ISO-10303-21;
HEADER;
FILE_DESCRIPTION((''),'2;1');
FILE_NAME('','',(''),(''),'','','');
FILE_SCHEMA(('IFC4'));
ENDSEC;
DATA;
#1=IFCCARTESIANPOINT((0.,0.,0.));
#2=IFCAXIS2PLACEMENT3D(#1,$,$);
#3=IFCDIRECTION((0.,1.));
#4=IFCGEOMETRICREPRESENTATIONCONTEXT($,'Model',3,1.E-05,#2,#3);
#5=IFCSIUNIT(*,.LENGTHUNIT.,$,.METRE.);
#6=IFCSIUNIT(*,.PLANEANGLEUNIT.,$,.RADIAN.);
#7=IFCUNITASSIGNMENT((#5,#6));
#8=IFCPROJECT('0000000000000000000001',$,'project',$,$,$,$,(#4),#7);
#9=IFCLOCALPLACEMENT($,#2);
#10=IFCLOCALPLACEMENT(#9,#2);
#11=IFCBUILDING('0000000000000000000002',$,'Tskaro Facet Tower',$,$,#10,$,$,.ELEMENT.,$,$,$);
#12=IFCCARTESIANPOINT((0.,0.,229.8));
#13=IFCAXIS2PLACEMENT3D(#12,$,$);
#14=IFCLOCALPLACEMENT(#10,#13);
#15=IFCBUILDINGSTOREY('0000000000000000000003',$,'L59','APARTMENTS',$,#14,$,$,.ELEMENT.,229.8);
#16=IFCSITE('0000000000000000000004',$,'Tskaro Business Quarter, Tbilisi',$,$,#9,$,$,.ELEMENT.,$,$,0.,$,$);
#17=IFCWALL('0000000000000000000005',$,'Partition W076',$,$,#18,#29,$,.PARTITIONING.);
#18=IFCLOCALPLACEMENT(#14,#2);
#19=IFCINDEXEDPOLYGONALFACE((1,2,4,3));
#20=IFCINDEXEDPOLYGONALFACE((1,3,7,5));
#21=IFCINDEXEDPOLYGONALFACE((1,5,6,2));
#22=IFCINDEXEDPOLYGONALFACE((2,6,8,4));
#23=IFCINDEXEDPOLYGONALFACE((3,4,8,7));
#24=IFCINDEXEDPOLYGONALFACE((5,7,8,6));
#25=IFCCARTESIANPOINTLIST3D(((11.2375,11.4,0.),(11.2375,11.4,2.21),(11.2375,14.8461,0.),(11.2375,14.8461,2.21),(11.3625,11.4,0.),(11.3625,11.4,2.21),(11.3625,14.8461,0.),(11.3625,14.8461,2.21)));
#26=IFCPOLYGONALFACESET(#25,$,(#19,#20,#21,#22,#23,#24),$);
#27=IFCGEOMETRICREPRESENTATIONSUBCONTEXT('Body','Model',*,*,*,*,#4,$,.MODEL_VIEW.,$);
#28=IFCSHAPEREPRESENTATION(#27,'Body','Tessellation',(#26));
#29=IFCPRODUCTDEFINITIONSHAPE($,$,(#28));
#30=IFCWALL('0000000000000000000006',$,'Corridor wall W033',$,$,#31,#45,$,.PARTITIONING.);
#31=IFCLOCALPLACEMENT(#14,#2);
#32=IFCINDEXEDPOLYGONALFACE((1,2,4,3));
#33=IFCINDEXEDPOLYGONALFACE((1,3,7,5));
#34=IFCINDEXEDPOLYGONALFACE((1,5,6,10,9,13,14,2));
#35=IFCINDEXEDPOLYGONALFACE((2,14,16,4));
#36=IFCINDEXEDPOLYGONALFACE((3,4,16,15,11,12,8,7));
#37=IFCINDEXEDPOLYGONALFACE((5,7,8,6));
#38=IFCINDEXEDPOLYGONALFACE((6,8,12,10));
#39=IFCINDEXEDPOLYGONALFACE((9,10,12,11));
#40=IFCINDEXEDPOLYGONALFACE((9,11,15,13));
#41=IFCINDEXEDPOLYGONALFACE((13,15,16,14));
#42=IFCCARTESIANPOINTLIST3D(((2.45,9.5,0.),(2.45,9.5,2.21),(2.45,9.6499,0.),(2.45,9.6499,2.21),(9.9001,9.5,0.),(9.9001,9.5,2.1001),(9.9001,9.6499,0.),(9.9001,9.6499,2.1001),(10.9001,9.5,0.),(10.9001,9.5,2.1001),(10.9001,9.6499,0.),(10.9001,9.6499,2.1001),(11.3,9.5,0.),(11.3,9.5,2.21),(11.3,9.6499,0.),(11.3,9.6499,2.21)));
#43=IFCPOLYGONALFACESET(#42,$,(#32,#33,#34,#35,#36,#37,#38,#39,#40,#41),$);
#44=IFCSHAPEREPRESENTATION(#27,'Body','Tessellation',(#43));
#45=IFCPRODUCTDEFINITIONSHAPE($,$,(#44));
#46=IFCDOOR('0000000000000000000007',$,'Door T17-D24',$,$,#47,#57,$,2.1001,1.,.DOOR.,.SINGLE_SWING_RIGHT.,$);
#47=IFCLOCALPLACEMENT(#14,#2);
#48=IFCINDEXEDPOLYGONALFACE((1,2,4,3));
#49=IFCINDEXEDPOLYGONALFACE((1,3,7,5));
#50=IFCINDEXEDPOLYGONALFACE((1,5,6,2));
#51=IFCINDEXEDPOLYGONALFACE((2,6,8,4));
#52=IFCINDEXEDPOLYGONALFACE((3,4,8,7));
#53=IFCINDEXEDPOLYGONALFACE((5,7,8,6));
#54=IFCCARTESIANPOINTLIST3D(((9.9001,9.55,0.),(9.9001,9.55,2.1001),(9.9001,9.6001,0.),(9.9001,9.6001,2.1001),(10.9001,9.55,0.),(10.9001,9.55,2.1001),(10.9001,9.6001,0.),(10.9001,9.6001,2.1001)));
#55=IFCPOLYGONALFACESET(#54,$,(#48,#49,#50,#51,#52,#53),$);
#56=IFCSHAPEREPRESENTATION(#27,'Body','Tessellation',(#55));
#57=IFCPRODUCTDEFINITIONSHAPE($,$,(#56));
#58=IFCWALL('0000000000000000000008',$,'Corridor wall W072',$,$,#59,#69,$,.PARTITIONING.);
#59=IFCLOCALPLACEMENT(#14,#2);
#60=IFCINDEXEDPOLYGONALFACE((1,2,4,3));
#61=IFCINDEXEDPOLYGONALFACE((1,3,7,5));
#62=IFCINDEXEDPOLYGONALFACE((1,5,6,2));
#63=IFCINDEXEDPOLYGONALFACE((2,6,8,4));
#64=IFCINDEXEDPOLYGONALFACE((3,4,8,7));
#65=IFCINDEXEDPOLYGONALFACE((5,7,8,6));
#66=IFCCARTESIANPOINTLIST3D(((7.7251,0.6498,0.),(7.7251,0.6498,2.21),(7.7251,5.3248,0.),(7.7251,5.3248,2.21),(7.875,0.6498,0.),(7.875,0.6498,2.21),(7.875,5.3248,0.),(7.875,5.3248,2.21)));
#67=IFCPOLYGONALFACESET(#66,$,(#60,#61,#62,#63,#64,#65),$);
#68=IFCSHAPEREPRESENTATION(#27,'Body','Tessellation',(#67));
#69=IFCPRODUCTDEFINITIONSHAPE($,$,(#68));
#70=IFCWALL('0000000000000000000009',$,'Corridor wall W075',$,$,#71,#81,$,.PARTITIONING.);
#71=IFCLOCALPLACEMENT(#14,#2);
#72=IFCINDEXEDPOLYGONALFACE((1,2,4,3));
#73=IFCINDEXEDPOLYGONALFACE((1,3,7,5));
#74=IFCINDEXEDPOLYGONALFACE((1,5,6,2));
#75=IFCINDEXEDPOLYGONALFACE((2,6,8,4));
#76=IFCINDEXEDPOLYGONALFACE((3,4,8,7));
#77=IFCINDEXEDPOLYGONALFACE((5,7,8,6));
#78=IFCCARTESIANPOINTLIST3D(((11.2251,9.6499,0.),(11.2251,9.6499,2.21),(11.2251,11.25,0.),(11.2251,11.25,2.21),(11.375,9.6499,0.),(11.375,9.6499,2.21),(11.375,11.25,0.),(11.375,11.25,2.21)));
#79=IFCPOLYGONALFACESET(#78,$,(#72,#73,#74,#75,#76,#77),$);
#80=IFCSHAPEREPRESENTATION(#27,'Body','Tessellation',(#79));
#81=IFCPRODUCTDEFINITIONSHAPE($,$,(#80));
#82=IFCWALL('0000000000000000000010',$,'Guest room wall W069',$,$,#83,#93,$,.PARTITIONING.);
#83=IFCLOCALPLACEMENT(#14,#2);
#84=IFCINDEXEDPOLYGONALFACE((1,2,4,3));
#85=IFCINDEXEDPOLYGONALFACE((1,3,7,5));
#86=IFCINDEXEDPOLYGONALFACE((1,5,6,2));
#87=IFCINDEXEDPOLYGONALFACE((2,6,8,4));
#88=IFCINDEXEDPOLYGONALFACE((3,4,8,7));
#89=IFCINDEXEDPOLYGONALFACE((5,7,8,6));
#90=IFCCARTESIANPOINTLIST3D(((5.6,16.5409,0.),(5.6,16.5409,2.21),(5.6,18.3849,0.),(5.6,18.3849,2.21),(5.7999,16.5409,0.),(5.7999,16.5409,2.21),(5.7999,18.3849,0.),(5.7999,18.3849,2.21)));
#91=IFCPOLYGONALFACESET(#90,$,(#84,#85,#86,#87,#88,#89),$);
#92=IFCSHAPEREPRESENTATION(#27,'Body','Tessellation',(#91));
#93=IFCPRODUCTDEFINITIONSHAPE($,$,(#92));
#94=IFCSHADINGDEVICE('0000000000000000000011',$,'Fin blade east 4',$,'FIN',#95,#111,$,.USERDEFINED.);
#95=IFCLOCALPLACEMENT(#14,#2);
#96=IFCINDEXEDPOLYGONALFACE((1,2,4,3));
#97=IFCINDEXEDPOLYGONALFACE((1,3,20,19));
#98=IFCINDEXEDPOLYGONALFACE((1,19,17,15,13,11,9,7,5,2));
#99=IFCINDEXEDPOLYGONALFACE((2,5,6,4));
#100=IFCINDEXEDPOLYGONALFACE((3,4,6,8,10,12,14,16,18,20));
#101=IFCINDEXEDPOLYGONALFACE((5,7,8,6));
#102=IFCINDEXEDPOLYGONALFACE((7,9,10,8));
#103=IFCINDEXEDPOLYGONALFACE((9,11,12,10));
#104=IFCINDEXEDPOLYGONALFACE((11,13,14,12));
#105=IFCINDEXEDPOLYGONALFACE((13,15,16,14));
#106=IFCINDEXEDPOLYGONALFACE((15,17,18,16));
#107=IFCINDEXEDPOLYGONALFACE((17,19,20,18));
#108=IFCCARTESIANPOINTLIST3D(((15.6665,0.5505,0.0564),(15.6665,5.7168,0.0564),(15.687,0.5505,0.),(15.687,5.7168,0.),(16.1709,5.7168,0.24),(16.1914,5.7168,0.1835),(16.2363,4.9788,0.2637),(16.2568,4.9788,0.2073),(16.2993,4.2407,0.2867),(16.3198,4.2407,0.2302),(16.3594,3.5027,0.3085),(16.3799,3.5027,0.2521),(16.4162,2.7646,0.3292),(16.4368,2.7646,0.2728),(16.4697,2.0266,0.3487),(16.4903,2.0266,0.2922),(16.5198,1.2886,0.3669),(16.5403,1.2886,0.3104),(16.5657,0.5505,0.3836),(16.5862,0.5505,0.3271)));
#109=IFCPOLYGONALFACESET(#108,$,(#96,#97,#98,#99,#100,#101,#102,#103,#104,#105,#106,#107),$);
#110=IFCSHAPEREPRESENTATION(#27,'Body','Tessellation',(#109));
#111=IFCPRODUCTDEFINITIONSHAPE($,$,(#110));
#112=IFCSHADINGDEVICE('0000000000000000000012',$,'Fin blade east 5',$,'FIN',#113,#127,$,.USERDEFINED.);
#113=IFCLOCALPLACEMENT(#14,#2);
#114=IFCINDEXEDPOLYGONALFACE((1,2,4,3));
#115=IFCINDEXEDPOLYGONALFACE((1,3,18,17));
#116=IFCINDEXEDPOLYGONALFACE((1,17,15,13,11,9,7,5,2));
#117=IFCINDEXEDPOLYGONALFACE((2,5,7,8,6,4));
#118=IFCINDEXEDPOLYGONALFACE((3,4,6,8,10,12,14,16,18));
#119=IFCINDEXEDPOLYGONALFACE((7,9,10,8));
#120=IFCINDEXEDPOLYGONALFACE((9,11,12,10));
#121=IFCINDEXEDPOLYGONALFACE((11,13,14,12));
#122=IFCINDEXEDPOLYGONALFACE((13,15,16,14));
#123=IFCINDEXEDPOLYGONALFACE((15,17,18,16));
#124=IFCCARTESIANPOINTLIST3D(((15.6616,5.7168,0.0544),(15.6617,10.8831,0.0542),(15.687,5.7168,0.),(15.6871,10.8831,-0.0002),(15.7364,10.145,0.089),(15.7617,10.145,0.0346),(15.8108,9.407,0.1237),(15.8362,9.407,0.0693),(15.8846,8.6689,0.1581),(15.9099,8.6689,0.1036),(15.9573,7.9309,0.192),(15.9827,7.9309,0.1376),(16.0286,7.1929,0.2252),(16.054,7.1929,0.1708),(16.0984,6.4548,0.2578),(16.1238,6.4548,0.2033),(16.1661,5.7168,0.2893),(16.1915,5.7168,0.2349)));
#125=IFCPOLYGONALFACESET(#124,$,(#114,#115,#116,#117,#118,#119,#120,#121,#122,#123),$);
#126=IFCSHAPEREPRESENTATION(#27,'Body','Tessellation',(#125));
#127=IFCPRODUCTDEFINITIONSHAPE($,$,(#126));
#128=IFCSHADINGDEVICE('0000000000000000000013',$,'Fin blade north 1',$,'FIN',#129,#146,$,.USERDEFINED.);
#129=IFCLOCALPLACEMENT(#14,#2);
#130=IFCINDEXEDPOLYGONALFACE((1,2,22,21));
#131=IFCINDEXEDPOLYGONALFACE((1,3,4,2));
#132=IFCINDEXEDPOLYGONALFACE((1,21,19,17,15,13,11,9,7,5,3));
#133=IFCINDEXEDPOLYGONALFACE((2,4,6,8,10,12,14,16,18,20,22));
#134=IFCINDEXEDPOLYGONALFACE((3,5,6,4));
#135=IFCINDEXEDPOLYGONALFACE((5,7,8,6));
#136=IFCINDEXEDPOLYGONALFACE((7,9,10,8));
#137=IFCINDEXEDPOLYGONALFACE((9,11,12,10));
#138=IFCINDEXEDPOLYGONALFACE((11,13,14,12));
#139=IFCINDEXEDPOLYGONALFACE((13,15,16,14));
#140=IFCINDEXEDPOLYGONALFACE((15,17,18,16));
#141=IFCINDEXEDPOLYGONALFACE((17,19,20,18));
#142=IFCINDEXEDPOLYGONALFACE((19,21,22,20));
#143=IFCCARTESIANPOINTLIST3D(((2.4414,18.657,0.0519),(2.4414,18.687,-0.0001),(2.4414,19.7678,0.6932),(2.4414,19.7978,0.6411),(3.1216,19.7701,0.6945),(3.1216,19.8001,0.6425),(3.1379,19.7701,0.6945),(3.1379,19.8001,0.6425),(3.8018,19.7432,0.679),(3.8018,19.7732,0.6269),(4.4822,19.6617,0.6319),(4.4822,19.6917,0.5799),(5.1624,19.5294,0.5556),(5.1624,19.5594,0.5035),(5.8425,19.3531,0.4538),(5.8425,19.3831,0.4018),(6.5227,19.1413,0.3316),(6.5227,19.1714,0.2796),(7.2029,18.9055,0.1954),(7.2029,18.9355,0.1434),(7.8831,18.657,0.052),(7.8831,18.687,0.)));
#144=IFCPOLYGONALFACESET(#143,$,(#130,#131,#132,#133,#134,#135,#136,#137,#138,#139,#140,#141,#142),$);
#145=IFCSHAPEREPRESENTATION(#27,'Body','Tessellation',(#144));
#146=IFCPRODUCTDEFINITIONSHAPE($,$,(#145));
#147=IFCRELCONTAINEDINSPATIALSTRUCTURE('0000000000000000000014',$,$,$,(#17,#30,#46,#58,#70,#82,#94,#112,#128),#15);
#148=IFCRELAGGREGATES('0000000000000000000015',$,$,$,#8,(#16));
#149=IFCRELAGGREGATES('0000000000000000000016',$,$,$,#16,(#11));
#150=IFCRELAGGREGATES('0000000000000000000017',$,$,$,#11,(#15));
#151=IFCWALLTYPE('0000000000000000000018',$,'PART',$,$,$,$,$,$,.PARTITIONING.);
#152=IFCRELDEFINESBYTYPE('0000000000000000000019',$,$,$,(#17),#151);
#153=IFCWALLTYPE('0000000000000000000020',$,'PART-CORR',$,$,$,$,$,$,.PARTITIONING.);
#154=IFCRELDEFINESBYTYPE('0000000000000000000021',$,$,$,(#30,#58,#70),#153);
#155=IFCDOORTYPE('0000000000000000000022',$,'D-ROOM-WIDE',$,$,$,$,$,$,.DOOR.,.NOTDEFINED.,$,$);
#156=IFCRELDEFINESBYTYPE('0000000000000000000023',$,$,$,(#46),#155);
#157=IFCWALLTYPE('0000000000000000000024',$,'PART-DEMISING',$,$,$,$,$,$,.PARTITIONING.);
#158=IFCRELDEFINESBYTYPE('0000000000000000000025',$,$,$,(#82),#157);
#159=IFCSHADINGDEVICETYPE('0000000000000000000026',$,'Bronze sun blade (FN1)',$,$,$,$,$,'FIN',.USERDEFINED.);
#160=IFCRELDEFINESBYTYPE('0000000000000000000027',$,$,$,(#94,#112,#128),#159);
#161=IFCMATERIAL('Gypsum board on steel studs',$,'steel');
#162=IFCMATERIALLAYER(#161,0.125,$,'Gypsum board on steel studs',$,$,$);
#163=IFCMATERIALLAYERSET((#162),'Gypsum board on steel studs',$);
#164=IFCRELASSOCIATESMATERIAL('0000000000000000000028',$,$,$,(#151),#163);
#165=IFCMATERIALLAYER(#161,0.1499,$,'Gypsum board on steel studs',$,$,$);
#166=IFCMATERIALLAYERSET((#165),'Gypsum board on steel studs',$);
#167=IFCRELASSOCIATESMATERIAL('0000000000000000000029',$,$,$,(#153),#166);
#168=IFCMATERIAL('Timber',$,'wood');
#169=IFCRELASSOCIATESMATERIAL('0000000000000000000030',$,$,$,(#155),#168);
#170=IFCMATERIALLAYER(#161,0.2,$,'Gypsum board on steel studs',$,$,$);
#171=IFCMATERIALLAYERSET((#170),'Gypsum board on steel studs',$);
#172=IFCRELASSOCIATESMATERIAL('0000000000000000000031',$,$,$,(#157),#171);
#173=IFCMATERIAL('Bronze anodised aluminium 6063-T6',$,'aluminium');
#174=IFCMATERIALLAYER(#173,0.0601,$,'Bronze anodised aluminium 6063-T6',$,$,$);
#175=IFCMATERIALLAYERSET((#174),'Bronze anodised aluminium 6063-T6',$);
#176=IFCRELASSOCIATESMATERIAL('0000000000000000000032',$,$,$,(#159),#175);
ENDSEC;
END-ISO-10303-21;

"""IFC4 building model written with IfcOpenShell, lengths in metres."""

from ifc_helpers import new_model, si_unit, direction, frame, frame_2d, origin, place, context, subcontext, project, spatial, polyline, rectangle, outline, extrude, material, layer, layer_set, type_object, element, fill, save


model = new_model("IFC4")

# Units and contexts
model_context = context("Model", 3, precision=1e-05, world=origin(), true_north=direction((0.0, 1.0)))
body_context = subcontext(model_context, "Body", "Model", "MODEL_VIEW")
ifc_project = project(units=[si_unit("LENGTHUNIT", "METRE"), si_unit("PLANEANGLEUNIT", "RADIAN")], contexts=[model_context])

# Site, building, storey
site_placement = place(None, origin())
site = spatial("IfcSite", under=ifc_project, at=site_placement, Name="Tskaro Business Quarter, Tbilisi", CompositionType="ELEMENT", RefElevation=0.0)
building_placement = place(site_placement, origin())
building = spatial("IfcBuilding", under=site, at=building_placement, Name="Tskaro Facet Tower", CompositionType="ELEMENT")
storey_placement = place(building_placement, frame((0.0, 0.0, 229.8)))
storey = spatial("IfcBuildingStorey", under=building, at=storey_placement, Name="L59", Description="APARTMENTS", CompositionType="ELEMENT", Elevation=229.8)

# Shared definitions
ifc_material_1 = material(Name="Bronze anodised aluminium 6063-T6", Category="aluminium")

# Shared definitions
ifc_material_2 = material(Name="Gypsum board on steel studs", Category="steel")
ifc_layer_1 = layer(ifc_material_2, 0.125, Name="Gypsum board on steel studs")
ifc_layer_set_1 = layer_set([ifc_layer_1], Name="Gypsum board on steel studs")
wall_type_1 = type_object("IfcWallType", Name="PART", PredefinedType="PARTITIONING", material=ifc_layer_set_1)
ifc_material_3 = material(Name="Timber", Category="wood")

# Wall
wall_1_placement = place(storey_placement, frame((11.3, 11.3999, 0.0), z_axis=(0.0, 0.0, 1.0), x_axis=(0.0, 1.0, 0.0)))
element("IfcWall", 1, at=wall_1_placement, inside=storey, type_object=wall_type_1, Name="Partition W076", PredefinedType="PARTITIONING", context=body_context, shape_type="SweptSolid", body=[
    extrude(rectangle(XDim=3.446, YDim=0.125, at=frame_2d((1.7231, 0.0))), origin(), (0.0, 0.0, 1.0), 2.21),
])

# Wall, opening, door
ifc_layer_2 = layer(ifc_material_2, 0.1499, Name="Gypsum board on steel studs")
ifc_layer_set_2 = layer_set([ifc_layer_2], Name="Gypsum board on steel studs")
wall_type_2 = type_object("IfcWallType", Name="PART-CORR", PredefinedType="PARTITIONING", material=ifc_layer_set_2)
wall_2_placement = place(storey_placement, frame((11.3, 9.575, 0.0), z_axis=(0.0, 0.0, 1.0), x_axis=(-1.0, 0.0, 0.0)))
wall_2 = element("IfcWall", 2, at=wall_2_placement, inside=storey, type_object=wall_type_2, Name="Corridor wall W033", PredefinedType="PARTITIONING", context=body_context, shape_type="SweptSolid", body=[
    extrude(rectangle(XDim=8.8501, YDim=0.1499, at=frame_2d((4.425, 0.0))), origin(), (0.0, 0.0, 1.0), 2.21),
])
opening_1_placement = place(wall_2_placement, frame((0.3999, 0.0, 0.0)))
opening_1 = element("IfcOpeningElement", 3, at=opening_1_placement, cuts=wall_2, PredefinedType="OPENING", context=body_context, shape_type="SweptSolid", body=[
    extrude(rectangle(XDim=1.0, YDim=2.1001, at=frame_2d((0.5, 1.05))), frame((0.0, 0.085, 0.0), z_axis=(0.0, -1.0, 0.0), x_axis=(1.0, 0.0, 0.0)), (0.0, 0.0, 1.0), 0.1699),
])
door_type_1 = type_object("IfcDoorType", Name="D-ROOM-WIDE", OperationType="NOTDEFINED", PredefinedType="DOOR", material=ifc_material_3)
door_1_placement = place(opening_1_placement, origin())
door_1 = element("IfcDoor", 4, at=door_1_placement, inside=storey, type_object=door_type_1, Name="Door T17-D24", OperationType="SINGLE_SWING_RIGHT", OverallHeight=2.1001, OverallWidth=1.0, PredefinedType="DOOR", context=body_context, shape_type="SweptSolid", body=[
    extrude(rectangle(XDim=1.0, YDim=2.1001, at=frame_2d((0.5, 1.05))), frame((0.0, 0.0249, 0.0), z_axis=(0.0, -1.0, 0.0), x_axis=(1.0, 0.0, 0.0)), (0.0, 0.0, 1.0), 0.05),
])
fill(opening_1, door_1)

# Walls
wall_3_placement = place(storey_placement, frame((7.8, 0.6499, 0.0), z_axis=(0.0, 0.0, 1.0), x_axis=(0.0, 1.0, 0.0)))
element("IfcWall", 5, at=wall_3_placement, inside=storey, type_object=wall_type_2, Name="Corridor wall W072", PredefinedType="PARTITIONING", context=body_context, shape_type="SweptSolid", body=[
    extrude(rectangle(XDim=4.675, YDim=0.1499, at=frame_2d((2.3374, 0.0))), origin(), (0.0, 0.0, 1.0), 2.21),
])
wall_4_placement = place(storey_placement, frame((11.3, 9.6499, 0.0), z_axis=(0.0, 0.0, 1.0), x_axis=(0.0, 1.0, 0.0)))
element("IfcWall", 6, at=wall_4_placement, inside=storey, type_object=wall_type_2, Name="Corridor wall W075", PredefinedType="PARTITIONING", context=body_context, shape_type="SweptSolid", body=[
    extrude(rectangle(XDim=1.6001, YDim=0.1499, at=frame_2d((0.8, 0.0))), origin(), (0.0, 0.0, 1.0), 2.21),
])
ifc_layer_3 = layer(ifc_material_2, 0.2, Name="Gypsum board on steel studs")
ifc_layer_set_3 = layer_set([ifc_layer_3], Name="Gypsum board on steel studs")
wall_type_3 = type_object("IfcWallType", Name="PART-DEMISING", PredefinedType="PARTITIONING", material=ifc_layer_set_3)
wall_5_placement = place(storey_placement, frame((5.7, 16.541, 0.0), z_axis=(0.0, 0.0, 1.0), x_axis=(0.0, 1.0, 0.0)))
element("IfcWall", 7, at=wall_5_placement, inside=storey, type_object=wall_type_3, Name="Guest room wall W069", PredefinedType="PARTITIONING", context=body_context, shape_type="SweptSolid", body=[
    extrude(rectangle(XDim=1.844, YDim=0.2, at=frame_2d((0.9219, 0.0))), origin(), (0.0, 0.0, 1.0), 2.21),
])

# Shading devices
ifc_layer_4 = layer(ifc_material_1, 0.0601, Name="Bronze anodised aluminium 6063-T6")
ifc_layer_set_4 = layer_set([ifc_layer_4], Name="Bronze anodised aluminium 6063-T6")
shading_device_type = type_object("IfcShadingDeviceType", Name="Bronze sun blade (FN1)", ElementType="FIN", PredefinedType="USERDEFINED", material=ifc_layer_set_4)
shading_device_1_placement = place(storey_placement, frame((15.6665, 0.5505, 0.0564), z_axis=(-0.341923, -0.000006, 0.939728), x_axis=(-0.000002, 1.0, 0.000006)))
element("IfcShadingDevice", 8, at=shading_device_1_placement, inside=storey, type_object=shading_device_type, Name="Fin blade east 4", ObjectType="FIN", PredefinedType="USERDEFINED", context=body_context, shape_type="SweptSolid", body=[
    extrude(outline(polyline([(0.0, 0.0), (5.1663, 0.0), (5.1663, -0.5368), (4.4282, -0.6064), (3.6902, -0.6734), (2.9521, -0.7373), (2.2141, -0.7978), (1.4761, -0.8547), (0.738, -0.908), (0.0, -0.9568), (0.0, 0.0)])), origin(), (0.0, 0.0, -1.0), 0.0601),
])
shading_device_2_placement = place(storey_placement, frame((15.6616, 5.7168, 0.0544), z_axis=(-0.42208, 0.000047, 0.906559), x_axis=(0.00002, 1.0, -0.000043)))
element("IfcShadingDevice", 9, at=shading_device_2_placement, inside=storey, type_object=shading_device_type, Name="Fin blade east 5", ObjectType="FIN", PredefinedType="USERDEFINED", context=body_context, shape_type="SweptSolid", body=[
    extrude(outline(polyline([(0.0, 0.0), (5.1663, 0.0), (4.4282, -0.0824), (3.6902, -0.1645), (2.9521, -0.2459), (2.2141, -0.3261), (1.4761, -0.4048), (0.738, -0.4818), (0.0, -0.5565), (0.0, 0.0)])), origin(), (0.0, 0.0, -1.0), 0.0601),
])
shading_device_3_placement = place(storey_placement, frame((7.8831, 18.657, 0.052), z_axis=(-0.000012, -0.499944, 0.866058), x_axis=(-1.0, 0.000006, -0.000011)))
element("IfcShadingDevice", 10, at=shading_device_3_placement, inside=storey, type_object=shading_device_type, Name="Fin blade north 1", ObjectType="FIN", PredefinedType="USERDEFINED", context=body_context, shape_type="SweptSolid", body=[
    extrude(outline(polyline([(0.0, 0.0), (5.4417, 0.0), (5.4417, -1.2826), (4.7615, -1.2852), (4.7451, -1.2852), (4.0813, -1.2541), (3.4009, -1.1601), (2.7207, -1.0073), (2.0405, -0.8037), (1.3604, -0.5593), (0.6802, -0.2869), (0.0, 0.0)])), origin(), (0.0, 0.0, -1.0), 0.0601),
])

save(model, "model.ifc")
